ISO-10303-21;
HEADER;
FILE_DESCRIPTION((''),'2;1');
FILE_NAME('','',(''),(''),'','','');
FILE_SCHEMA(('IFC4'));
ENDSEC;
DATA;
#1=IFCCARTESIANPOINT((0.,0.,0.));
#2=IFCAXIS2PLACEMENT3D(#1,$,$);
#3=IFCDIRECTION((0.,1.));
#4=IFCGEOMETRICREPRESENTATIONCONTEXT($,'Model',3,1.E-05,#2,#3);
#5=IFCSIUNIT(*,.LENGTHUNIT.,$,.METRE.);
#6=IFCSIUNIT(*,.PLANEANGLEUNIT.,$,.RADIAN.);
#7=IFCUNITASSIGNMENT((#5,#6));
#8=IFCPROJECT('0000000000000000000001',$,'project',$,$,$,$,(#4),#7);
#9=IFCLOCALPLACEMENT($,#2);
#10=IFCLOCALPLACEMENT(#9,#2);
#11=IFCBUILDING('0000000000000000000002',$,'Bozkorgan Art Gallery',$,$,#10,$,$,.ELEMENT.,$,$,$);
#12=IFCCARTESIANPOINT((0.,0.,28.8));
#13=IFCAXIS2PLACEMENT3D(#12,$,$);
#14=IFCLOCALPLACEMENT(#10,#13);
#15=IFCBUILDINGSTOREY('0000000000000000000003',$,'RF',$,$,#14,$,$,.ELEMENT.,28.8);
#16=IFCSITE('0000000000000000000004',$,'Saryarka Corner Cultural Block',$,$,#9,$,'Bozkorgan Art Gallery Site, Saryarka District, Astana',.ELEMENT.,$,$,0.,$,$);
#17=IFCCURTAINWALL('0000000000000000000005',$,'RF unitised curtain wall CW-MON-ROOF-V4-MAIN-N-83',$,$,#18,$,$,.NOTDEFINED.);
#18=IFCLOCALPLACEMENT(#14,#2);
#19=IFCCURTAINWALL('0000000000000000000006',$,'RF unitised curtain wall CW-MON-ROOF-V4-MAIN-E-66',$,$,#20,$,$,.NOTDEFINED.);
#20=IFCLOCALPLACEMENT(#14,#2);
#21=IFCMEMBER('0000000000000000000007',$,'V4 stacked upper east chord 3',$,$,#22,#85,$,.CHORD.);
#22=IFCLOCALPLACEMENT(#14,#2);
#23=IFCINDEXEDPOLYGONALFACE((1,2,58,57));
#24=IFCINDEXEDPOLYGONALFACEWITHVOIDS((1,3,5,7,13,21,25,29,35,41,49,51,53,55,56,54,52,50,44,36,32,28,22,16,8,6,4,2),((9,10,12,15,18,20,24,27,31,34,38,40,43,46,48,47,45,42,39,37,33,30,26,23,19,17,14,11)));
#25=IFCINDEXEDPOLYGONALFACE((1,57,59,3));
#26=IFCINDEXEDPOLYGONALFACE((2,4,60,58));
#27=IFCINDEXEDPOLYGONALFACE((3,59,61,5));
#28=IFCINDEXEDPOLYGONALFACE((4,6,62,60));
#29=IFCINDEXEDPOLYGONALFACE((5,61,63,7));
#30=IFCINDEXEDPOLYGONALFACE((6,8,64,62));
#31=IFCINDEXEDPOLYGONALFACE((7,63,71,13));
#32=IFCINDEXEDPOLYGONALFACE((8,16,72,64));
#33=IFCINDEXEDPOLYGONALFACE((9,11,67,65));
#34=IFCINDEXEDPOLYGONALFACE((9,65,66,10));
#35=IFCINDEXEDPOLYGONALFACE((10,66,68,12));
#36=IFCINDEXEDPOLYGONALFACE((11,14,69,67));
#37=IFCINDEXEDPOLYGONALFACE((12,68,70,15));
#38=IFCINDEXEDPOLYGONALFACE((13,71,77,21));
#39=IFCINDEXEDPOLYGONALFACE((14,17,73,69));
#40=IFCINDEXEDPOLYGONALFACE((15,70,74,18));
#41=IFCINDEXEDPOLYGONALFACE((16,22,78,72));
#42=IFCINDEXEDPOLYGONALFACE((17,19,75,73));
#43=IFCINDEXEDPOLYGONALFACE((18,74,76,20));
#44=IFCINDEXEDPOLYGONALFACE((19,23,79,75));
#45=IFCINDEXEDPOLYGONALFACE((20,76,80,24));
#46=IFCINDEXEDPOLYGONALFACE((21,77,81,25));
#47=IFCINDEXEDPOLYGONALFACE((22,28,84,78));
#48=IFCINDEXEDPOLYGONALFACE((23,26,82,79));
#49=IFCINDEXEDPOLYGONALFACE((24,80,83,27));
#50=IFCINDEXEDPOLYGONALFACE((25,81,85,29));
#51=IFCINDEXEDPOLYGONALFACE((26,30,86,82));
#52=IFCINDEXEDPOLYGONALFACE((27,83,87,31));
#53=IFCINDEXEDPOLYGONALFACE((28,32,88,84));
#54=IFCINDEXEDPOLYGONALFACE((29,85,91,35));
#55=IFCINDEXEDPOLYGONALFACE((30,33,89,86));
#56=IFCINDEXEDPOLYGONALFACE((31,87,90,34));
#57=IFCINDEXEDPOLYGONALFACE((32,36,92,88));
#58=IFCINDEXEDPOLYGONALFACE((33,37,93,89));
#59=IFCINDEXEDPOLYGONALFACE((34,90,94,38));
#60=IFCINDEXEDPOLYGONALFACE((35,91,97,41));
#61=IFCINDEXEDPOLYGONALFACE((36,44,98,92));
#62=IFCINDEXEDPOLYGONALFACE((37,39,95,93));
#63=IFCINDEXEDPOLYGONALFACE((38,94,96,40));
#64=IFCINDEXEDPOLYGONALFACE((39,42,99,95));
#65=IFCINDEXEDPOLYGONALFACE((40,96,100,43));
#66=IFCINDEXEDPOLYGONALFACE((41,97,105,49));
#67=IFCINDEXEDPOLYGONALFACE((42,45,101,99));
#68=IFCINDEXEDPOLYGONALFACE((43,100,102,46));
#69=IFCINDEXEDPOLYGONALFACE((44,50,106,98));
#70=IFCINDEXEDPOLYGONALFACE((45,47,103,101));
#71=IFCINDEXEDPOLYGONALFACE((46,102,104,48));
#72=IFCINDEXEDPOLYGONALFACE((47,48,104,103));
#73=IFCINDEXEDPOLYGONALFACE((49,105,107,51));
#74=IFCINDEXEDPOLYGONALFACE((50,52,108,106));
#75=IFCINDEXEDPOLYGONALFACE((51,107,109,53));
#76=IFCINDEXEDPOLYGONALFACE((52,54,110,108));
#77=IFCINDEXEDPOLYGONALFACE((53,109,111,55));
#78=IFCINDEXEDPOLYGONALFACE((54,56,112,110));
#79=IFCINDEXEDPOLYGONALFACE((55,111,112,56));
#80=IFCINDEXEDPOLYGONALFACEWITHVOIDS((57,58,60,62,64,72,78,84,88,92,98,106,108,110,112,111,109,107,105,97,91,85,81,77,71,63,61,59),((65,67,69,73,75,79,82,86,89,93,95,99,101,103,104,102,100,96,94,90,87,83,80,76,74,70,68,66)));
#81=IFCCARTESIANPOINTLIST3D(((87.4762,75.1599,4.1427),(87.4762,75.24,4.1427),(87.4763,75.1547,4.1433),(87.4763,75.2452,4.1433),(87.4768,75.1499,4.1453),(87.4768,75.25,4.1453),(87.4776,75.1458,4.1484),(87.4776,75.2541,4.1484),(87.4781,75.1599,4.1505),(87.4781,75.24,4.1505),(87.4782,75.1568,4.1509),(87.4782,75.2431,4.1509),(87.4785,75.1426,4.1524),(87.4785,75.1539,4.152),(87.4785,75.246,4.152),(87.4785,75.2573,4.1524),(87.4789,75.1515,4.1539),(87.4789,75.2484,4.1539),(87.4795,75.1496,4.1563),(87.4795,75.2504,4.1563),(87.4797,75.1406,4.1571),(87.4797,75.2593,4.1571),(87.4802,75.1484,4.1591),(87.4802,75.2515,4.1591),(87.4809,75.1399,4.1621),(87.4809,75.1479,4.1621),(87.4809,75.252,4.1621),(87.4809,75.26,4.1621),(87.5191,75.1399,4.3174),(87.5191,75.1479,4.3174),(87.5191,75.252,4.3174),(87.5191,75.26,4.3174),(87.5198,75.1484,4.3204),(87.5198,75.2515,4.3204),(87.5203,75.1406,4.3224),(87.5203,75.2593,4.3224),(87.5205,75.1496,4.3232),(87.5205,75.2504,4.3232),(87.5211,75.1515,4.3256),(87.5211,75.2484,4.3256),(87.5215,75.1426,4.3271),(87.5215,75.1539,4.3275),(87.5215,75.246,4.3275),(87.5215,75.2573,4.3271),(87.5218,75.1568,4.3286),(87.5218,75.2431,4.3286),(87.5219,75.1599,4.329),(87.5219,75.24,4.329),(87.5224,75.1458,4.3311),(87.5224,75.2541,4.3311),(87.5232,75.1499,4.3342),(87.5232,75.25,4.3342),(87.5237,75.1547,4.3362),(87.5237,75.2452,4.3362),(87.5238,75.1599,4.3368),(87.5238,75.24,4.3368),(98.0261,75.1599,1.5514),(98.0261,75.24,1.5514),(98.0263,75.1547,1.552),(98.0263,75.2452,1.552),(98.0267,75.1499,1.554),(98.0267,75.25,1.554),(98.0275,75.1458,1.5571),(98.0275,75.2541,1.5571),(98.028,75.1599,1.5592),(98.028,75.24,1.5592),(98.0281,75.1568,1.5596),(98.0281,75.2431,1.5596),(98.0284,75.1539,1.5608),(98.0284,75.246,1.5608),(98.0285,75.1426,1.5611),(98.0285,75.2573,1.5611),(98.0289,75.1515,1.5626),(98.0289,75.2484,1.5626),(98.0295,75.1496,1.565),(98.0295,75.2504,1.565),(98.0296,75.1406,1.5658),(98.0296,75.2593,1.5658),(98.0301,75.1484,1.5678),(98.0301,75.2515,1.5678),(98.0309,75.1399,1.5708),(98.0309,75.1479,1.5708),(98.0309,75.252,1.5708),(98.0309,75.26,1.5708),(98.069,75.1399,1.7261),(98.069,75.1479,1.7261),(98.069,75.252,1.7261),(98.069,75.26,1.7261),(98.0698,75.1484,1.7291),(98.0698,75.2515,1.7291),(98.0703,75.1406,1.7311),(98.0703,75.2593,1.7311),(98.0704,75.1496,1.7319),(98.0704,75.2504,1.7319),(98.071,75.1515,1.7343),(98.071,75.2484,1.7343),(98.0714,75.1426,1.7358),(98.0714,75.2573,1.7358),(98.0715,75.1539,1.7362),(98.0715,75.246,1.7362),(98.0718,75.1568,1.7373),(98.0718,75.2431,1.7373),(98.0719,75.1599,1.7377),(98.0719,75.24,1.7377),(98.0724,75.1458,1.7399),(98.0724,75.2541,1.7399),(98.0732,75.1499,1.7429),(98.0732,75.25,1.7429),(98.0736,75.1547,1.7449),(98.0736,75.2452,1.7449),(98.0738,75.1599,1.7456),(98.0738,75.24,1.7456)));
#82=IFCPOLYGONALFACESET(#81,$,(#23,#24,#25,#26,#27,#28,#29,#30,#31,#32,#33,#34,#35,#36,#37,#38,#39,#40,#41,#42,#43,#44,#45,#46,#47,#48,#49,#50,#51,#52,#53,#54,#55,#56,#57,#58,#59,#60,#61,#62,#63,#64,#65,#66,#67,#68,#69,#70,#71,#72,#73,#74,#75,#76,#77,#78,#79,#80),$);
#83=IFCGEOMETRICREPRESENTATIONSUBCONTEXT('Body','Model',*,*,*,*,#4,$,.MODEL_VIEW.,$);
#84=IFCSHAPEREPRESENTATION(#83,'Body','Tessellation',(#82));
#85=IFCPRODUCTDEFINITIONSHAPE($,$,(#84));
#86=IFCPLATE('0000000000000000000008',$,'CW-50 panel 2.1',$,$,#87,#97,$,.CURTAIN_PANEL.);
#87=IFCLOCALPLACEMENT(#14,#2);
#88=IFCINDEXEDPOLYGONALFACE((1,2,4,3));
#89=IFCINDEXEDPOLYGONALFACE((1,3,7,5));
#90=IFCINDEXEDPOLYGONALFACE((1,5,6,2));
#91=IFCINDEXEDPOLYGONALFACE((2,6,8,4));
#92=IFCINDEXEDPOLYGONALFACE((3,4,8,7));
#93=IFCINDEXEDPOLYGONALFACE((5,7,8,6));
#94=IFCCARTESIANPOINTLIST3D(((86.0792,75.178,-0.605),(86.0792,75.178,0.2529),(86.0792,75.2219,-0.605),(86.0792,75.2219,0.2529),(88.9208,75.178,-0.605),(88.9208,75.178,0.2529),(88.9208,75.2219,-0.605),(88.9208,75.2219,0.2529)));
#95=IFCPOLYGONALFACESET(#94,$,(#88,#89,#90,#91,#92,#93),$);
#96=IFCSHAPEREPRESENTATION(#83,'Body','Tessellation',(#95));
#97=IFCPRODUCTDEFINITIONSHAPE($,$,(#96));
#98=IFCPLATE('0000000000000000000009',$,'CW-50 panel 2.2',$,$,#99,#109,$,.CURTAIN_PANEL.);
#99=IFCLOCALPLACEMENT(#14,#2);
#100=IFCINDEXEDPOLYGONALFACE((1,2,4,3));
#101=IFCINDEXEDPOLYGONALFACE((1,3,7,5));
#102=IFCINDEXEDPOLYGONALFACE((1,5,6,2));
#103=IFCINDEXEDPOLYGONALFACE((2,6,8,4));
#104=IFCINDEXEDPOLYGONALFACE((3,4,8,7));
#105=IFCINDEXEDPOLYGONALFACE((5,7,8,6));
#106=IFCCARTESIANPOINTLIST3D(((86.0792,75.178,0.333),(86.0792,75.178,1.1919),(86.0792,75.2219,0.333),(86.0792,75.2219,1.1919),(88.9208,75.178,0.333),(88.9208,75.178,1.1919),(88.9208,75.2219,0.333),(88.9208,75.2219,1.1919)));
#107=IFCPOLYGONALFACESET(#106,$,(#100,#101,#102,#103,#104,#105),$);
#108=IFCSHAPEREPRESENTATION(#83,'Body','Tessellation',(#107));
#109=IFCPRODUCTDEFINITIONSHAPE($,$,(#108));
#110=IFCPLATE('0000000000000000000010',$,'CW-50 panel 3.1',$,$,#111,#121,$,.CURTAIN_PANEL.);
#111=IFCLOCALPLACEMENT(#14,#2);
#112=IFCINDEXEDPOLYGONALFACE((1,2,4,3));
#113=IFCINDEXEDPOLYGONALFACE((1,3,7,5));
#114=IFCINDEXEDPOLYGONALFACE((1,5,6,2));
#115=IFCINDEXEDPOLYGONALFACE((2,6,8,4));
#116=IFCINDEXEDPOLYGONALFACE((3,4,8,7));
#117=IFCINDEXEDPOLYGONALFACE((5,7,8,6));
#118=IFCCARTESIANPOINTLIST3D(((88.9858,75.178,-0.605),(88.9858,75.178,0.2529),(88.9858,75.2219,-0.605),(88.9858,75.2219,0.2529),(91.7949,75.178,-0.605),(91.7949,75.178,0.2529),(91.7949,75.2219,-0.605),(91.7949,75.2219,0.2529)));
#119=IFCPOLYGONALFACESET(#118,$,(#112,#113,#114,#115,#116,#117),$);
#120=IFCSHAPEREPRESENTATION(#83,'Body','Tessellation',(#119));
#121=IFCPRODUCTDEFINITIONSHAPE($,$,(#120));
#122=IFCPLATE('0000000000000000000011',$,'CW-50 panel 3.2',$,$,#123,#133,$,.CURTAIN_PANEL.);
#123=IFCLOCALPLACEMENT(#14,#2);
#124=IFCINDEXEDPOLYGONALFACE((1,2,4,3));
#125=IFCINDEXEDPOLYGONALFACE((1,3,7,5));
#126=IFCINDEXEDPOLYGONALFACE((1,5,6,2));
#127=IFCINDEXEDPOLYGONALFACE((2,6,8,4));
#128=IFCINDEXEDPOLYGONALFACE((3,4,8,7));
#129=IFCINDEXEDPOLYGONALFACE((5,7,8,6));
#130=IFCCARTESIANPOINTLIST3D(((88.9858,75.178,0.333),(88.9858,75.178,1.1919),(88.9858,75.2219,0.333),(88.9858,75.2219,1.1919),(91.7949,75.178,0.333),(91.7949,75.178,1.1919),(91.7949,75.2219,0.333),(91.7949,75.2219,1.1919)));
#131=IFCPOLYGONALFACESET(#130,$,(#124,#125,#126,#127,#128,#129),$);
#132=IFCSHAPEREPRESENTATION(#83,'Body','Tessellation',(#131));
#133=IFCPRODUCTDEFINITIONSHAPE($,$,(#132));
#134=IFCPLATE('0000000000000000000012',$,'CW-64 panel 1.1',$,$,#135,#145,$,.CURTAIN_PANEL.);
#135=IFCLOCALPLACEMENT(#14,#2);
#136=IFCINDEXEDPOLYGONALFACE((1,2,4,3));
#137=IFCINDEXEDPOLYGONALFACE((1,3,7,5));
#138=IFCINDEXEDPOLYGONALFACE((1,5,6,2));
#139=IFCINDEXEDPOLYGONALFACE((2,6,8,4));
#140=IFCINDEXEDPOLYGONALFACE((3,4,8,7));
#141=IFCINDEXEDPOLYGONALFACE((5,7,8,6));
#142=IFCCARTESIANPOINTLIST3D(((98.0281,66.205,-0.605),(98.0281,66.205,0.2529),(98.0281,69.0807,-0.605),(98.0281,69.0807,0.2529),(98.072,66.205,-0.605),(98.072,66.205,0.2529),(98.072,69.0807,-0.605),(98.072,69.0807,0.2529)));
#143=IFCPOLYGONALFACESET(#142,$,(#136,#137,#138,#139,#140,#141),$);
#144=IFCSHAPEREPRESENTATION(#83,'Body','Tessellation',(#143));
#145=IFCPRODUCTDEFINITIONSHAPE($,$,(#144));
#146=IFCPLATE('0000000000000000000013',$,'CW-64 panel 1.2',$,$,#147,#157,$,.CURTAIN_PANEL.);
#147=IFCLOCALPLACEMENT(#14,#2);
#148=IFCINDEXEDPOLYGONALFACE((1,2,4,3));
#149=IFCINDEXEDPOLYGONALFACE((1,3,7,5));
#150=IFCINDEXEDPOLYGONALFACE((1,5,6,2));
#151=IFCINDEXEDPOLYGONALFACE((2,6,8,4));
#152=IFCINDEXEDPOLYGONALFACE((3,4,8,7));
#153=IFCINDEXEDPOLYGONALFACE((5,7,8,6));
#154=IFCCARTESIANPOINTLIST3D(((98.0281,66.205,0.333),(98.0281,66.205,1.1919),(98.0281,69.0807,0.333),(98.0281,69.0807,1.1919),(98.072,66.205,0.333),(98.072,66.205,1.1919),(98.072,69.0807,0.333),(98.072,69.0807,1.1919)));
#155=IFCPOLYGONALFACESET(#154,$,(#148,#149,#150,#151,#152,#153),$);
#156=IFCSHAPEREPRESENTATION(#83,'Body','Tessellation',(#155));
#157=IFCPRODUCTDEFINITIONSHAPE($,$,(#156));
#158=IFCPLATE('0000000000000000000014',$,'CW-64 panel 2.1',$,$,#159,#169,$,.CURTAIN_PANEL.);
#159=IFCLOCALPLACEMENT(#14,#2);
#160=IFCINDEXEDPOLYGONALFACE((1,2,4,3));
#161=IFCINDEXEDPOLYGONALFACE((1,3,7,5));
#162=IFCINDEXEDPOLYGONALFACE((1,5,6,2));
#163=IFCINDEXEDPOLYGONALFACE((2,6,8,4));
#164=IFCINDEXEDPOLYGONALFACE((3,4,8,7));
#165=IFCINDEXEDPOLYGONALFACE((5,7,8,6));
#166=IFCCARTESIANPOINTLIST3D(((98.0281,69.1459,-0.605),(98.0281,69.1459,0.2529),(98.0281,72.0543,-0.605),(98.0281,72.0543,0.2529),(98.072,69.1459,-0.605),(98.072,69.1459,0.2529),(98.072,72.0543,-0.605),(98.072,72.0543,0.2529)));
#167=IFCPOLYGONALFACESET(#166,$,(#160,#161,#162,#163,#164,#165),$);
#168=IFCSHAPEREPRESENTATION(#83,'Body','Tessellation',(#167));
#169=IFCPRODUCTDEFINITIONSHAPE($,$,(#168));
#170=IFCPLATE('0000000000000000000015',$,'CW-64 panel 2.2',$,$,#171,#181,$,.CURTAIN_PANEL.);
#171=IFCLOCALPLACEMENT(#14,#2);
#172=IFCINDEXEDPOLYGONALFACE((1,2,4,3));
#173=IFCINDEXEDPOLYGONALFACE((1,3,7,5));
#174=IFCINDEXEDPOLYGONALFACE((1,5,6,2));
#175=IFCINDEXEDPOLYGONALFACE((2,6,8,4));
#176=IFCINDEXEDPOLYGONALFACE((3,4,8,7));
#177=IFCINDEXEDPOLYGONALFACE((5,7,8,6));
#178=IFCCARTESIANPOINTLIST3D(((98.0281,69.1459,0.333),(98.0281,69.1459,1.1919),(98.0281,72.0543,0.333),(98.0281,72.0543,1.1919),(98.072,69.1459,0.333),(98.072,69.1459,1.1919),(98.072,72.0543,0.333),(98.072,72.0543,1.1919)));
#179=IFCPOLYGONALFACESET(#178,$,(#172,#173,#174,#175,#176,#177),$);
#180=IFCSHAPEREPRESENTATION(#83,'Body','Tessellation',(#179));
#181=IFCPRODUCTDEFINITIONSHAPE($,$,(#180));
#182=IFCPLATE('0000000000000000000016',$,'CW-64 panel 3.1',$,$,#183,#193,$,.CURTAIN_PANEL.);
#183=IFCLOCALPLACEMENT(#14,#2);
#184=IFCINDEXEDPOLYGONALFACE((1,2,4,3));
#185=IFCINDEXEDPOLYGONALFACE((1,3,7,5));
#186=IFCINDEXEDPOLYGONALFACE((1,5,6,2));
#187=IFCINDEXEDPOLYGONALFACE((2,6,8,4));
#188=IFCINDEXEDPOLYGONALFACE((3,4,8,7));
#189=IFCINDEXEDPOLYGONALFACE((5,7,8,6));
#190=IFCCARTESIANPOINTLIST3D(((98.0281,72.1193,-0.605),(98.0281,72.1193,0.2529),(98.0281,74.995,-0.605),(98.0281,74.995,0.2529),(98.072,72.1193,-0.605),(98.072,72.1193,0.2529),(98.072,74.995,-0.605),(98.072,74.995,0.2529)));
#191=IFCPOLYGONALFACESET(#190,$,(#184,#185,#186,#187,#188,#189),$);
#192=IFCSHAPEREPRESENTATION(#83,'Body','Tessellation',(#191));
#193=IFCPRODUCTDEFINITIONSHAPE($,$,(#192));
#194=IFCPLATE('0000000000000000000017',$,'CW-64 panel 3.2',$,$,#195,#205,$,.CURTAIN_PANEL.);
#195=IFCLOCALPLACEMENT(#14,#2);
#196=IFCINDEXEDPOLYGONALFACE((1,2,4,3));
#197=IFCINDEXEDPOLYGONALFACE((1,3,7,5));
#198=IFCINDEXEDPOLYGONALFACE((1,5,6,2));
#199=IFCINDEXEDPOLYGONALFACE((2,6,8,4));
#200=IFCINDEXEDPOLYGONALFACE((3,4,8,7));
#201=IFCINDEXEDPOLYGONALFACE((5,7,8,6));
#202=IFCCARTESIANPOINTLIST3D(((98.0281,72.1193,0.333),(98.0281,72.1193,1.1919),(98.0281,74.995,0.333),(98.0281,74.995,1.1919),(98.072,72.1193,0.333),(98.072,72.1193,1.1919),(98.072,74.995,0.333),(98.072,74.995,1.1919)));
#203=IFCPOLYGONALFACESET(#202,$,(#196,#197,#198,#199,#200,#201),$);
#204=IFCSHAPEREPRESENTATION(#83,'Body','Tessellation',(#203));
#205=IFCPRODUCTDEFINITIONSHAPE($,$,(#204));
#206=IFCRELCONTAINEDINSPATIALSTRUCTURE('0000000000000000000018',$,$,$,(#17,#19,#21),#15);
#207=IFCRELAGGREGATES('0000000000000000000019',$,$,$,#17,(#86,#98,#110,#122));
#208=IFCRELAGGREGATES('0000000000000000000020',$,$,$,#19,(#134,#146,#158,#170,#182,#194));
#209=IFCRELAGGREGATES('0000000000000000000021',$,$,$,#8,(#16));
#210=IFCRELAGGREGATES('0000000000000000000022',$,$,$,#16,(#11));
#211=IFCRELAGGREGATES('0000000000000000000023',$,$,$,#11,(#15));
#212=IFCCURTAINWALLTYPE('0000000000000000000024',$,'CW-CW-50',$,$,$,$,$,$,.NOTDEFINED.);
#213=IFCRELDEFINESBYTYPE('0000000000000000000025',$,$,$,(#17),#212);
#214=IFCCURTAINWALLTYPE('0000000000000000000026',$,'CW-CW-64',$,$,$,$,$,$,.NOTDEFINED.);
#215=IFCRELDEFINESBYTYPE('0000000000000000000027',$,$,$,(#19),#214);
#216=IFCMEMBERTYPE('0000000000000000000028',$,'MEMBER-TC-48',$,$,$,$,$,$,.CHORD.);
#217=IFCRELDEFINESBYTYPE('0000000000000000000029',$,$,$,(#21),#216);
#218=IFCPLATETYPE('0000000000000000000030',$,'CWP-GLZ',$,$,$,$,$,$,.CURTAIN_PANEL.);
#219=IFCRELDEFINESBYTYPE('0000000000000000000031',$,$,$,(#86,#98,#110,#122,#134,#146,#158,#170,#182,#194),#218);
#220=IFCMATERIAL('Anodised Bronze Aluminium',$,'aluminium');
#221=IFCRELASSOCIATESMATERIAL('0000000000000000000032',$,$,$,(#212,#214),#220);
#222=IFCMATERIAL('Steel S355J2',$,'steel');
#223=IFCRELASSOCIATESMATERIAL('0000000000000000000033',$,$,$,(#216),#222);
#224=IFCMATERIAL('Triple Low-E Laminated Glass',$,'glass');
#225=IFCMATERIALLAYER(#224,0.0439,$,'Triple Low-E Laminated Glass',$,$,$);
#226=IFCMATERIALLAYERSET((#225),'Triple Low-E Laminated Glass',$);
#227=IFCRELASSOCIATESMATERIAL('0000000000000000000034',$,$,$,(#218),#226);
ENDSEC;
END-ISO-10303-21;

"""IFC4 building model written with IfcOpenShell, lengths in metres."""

from ifc_helpers import new_model, si_unit, direction, frame, origin, origin_2d, place, context, subcontext, project, spatial, rectangle, hollow_rectangle, extrude, material, layer, layer_set, material_profile, profile_set, type_object, element, aggregate, save


model = new_model("IFC4")

# Units and contexts
model_context = context("Model", 3, precision=1e-05, world=origin(), true_north=direction((0.0, 1.0)))
body_context = subcontext(model_context, "Body", "Model", "MODEL_VIEW")
ifc_project = project(units=[si_unit("LENGTHUNIT", "METRE"), si_unit("PLANEANGLEUNIT", "RADIAN")], contexts=[model_context])

# Site, building, storey
site_placement = place(None, origin())
site = spatial("IfcSite", under=ifc_project, at=site_placement, Name="Saryarka Corner Cultural Block", LongName="Bozkorgan Art Gallery Site, Saryarka District, Astana", CompositionType="ELEMENT", RefElevation=0.0)
building_placement = place(site_placement, origin())
building = spatial("IfcBuilding", under=site, at=building_placement, Name="Bozkorgan Art Gallery", CompositionType="ELEMENT")
storey_placement = place(building_placement, frame((0.0, 0.0, 28.8)))
storey = spatial("IfcBuildingStorey", under=building, at=storey_placement, Name="RF", CompositionType="ELEMENT", Elevation=28.8)

# Curtain walls
ifc_material_1 = material(Name="Anodised Bronze Aluminium", Category="aluminium")
curtain_wall_type_1 = type_object("IfcCurtainWallType", Name="CW-CW-50", PredefinedType="NOTDEFINED", material=ifc_material_1)
curtain_wall_1_placement = place(storey_placement, origin())
curtain_wall_1 = element("IfcCurtainWall", 1, at=curtain_wall_1_placement, inside=storey, type_object=curtain_wall_type_1, Name="RF unitised curtain wall CW-MON-ROOF-V4-MAIN-N-83", PredefinedType="NOTDEFINED")
curtain_wall_type_2 = type_object("IfcCurtainWallType", Name="CW-CW-64", PredefinedType="NOTDEFINED", material=ifc_material_1)
curtain_wall_2_placement = place(storey_placement, origin())
curtain_wall_2 = element("IfcCurtainWall", 2, at=curtain_wall_2_placement, inside=storey, type_object=curtain_wall_type_2, Name="RF unitised curtain wall CW-MON-ROOF-V4-MAIN-E-66", PredefinedType="NOTDEFINED")

# Member
ifc_material_2 = material(Name="Steel S355J2", Category="steel")
ifc_material_profile_1 = material_profile(ifc_material_2, hollow_rectangle(XDim=0.1201, YDim=0.2, WallThickness=0.0081, InnerFilletRadius=0.012, OuterFilletRadius=0.02, at=origin_2d()), Name="RHS 200x120x8")
ifc_profile_set_1 = profile_set([ifc_material_profile_1], Name="Steel S355J2")
member_type_1 = type_object("IfcMemberType", Name="MEMBER-TC-48", PredefinedType="CHORD", material=ifc_profile_set_1)
member_1_placement = place(storey_placement, frame((87.5, 75.2, 4.2397), z_axis=(0.971135, 0.0, -0.238531), x_axis=(0.0, 1.0, 0.0)))
element("IfcMember", 3, at=member_1_placement, inside=storey, type_object=member_type_1, Name="V4 stacked upper east chord 3", PredefinedType="CHORD", context=body_context, shape_type="SweptSolid", body=[
    extrude(hollow_rectangle(XDim=0.1201, YDim=0.2, WallThickness=0.0081, InnerFilletRadius=0.012, OuterFilletRadius=0.02, at=origin_2d()), origin(), (0.0, 0.0, 1.0), 10.8635),
])

# Plates
ifc_material_3 = material(Name="Triple Low-E Laminated Glass", Category="glass")
ifc_layer_1 = layer(ifc_material_3, 0.0439, Name="Triple Low-E Laminated Glass")
ifc_layer_set_1 = layer_set([ifc_layer_1], Name="Triple Low-E Laminated Glass")
plate_type_1 = type_object("IfcPlateType", Name="CWP-GLZ", PredefinedType="CURTAIN_PANEL", material=ifc_layer_set_1)
plate_1_placement = place(storey_placement, frame((87.5, 75.2, -0.605), z_axis=(0.0, 0.0, 1.0), x_axis=(1.0, 0.0, 0.0)))
plate_1 = element("IfcPlate", 4, at=plate_1_placement, type_object=plate_type_1, Name="CW-50 panel 2.1", PredefinedType="CURTAIN_PANEL", context=body_context, shape_type="SweptSolid", body=[
    extrude(rectangle(XDim=2.8416, YDim=0.0439, at=origin_2d()), origin(), (0.0, 0.0, 1.0), 0.8579),
])
plate_2_placement = place(storey_placement, frame((87.5, 75.2, 0.333), z_axis=(0.0, 0.0, 1.0), x_axis=(1.0, 0.0, 0.0)))
plate_2 = element("IfcPlate", 5, at=plate_2_placement, type_object=plate_type_1, Name="CW-50 panel 2.2", PredefinedType="CURTAIN_PANEL", context=body_context, shape_type="SweptSolid", body=[
    extrude(rectangle(XDim=2.8416, YDim=0.0439, at=origin_2d()), origin(), (0.0, 0.0, 1.0), 0.8589),
])
plate_3_placement = place(storey_placement, frame((90.3904, 75.2, -0.605), z_axis=(0.0, 0.0, 1.0), x_axis=(1.0, 0.0, 0.0)))
plate_3 = element("IfcPlate", 6, at=plate_3_placement, type_object=plate_type_1, Name="CW-50 panel 3.1", PredefinedType="CURTAIN_PANEL", context=body_context, shape_type="SweptSolid", body=[
    extrude(rectangle(XDim=2.8091, YDim=0.0439, at=origin_2d()), origin(), (0.0, 0.0, 1.0), 0.8579),
])
plate_4_placement = place(storey_placement, frame((90.3904, 75.2, 0.333), z_axis=(0.0, 0.0, 1.0), x_axis=(1.0, 0.0, 0.0)))
plate_4 = element("IfcPlate", 7, at=plate_4_placement, type_object=plate_type_1, Name="CW-50 panel 3.2", PredefinedType="CURTAIN_PANEL", context=body_context, shape_type="SweptSolid", body=[
    extrude(rectangle(XDim=2.8091, YDim=0.0439, at=origin_2d()), origin(), (0.0, 0.0, 1.0), 0.8589),
])
aggregate(curtain_wall_1, [plate_1, plate_2, plate_3, plate_4])
plate_5_placement = place(storey_placement, frame((98.05, 67.6428, -0.605), z_axis=(0.0, 0.0, 1.0), x_axis=(0.0, 1.0, 0.0)))
plate_5 = element("IfcPlate", 8, at=plate_5_placement, type_object=plate_type_1, Name="CW-64 panel 1.1", PredefinedType="CURTAIN_PANEL", context=body_context, shape_type="SweptSolid", body=[
    extrude(rectangle(XDim=2.8757, YDim=0.0439, at=origin_2d()), origin(), (0.0, 0.0, 1.0), 0.8579),
])
plate_6_placement = place(storey_placement, frame((98.05, 67.6428, 0.333), z_axis=(0.0, 0.0, 1.0), x_axis=(0.0, 1.0, 0.0)))
plate_6 = element("IfcPlate", 9, at=plate_6_placement, type_object=plate_type_1, Name="CW-64 panel 1.2", PredefinedType="CURTAIN_PANEL", context=body_context, shape_type="SweptSolid", body=[
    extrude(rectangle(XDim=2.8757, YDim=0.0439, at=origin_2d()), origin(), (0.0, 0.0, 1.0), 0.8589),
])
plate_7_placement = place(storey_placement, frame((98.05, 70.6001, -0.605), z_axis=(0.0, 0.0, 1.0), x_axis=(0.0, 1.0, 0.0)))
plate_7 = element("IfcPlate", 10, at=plate_7_placement, type_object=plate_type_1, Name="CW-64 panel 2.1", PredefinedType="CURTAIN_PANEL", context=body_context, shape_type="SweptSolid", body=[
    extrude(rectangle(XDim=2.9084, YDim=0.0439, at=origin_2d()), origin(), (0.0, 0.0, 1.0), 0.8579),
])
plate_8_placement = place(storey_placement, frame((98.05, 70.6001, 0.333), z_axis=(0.0, 0.0, 1.0), x_axis=(0.0, 1.0, 0.0)))
plate_8 = element("IfcPlate", 11, at=plate_8_placement, type_object=plate_type_1, Name="CW-64 panel 2.2", PredefinedType="CURTAIN_PANEL", context=body_context, shape_type="SweptSolid", body=[
    extrude(rectangle(XDim=2.9084, YDim=0.0439, at=origin_2d()), origin(), (0.0, 0.0, 1.0), 0.8589),
])
plate_9_placement = place(storey_placement, frame((98.05, 73.5571, -0.605), z_axis=(0.0, 0.0, 1.0), x_axis=(0.0, 1.0, 0.0)))
plate_9 = element("IfcPlate", 12, at=plate_9_placement, type_object=plate_type_1, Name="CW-64 panel 3.1", PredefinedType="CURTAIN_PANEL", context=body_context, shape_type="SweptSolid", body=[
    extrude(rectangle(XDim=2.8757, YDim=0.0439, at=origin_2d()), origin(), (0.0, 0.0, 1.0), 0.8579),
])
plate_10_placement = place(storey_placement, frame((98.05, 73.5571, 0.333), z_axis=(0.0, 0.0, 1.0), x_axis=(0.0, 1.0, 0.0)))
plate_10 = element("IfcPlate", 13, at=plate_10_placement, type_object=plate_type_1, Name="CW-64 panel 3.2", PredefinedType="CURTAIN_PANEL", context=body_context, shape_type="SweptSolid", body=[
    extrude(rectangle(XDim=2.8757, YDim=0.0439, at=origin_2d()), origin(), (0.0, 0.0, 1.0), 0.8589),
])
aggregate(curtain_wall_2, [plate_5, plate_6, plate_7, plate_8, plate_9, plate_10])

save(model, "model.ifc")
